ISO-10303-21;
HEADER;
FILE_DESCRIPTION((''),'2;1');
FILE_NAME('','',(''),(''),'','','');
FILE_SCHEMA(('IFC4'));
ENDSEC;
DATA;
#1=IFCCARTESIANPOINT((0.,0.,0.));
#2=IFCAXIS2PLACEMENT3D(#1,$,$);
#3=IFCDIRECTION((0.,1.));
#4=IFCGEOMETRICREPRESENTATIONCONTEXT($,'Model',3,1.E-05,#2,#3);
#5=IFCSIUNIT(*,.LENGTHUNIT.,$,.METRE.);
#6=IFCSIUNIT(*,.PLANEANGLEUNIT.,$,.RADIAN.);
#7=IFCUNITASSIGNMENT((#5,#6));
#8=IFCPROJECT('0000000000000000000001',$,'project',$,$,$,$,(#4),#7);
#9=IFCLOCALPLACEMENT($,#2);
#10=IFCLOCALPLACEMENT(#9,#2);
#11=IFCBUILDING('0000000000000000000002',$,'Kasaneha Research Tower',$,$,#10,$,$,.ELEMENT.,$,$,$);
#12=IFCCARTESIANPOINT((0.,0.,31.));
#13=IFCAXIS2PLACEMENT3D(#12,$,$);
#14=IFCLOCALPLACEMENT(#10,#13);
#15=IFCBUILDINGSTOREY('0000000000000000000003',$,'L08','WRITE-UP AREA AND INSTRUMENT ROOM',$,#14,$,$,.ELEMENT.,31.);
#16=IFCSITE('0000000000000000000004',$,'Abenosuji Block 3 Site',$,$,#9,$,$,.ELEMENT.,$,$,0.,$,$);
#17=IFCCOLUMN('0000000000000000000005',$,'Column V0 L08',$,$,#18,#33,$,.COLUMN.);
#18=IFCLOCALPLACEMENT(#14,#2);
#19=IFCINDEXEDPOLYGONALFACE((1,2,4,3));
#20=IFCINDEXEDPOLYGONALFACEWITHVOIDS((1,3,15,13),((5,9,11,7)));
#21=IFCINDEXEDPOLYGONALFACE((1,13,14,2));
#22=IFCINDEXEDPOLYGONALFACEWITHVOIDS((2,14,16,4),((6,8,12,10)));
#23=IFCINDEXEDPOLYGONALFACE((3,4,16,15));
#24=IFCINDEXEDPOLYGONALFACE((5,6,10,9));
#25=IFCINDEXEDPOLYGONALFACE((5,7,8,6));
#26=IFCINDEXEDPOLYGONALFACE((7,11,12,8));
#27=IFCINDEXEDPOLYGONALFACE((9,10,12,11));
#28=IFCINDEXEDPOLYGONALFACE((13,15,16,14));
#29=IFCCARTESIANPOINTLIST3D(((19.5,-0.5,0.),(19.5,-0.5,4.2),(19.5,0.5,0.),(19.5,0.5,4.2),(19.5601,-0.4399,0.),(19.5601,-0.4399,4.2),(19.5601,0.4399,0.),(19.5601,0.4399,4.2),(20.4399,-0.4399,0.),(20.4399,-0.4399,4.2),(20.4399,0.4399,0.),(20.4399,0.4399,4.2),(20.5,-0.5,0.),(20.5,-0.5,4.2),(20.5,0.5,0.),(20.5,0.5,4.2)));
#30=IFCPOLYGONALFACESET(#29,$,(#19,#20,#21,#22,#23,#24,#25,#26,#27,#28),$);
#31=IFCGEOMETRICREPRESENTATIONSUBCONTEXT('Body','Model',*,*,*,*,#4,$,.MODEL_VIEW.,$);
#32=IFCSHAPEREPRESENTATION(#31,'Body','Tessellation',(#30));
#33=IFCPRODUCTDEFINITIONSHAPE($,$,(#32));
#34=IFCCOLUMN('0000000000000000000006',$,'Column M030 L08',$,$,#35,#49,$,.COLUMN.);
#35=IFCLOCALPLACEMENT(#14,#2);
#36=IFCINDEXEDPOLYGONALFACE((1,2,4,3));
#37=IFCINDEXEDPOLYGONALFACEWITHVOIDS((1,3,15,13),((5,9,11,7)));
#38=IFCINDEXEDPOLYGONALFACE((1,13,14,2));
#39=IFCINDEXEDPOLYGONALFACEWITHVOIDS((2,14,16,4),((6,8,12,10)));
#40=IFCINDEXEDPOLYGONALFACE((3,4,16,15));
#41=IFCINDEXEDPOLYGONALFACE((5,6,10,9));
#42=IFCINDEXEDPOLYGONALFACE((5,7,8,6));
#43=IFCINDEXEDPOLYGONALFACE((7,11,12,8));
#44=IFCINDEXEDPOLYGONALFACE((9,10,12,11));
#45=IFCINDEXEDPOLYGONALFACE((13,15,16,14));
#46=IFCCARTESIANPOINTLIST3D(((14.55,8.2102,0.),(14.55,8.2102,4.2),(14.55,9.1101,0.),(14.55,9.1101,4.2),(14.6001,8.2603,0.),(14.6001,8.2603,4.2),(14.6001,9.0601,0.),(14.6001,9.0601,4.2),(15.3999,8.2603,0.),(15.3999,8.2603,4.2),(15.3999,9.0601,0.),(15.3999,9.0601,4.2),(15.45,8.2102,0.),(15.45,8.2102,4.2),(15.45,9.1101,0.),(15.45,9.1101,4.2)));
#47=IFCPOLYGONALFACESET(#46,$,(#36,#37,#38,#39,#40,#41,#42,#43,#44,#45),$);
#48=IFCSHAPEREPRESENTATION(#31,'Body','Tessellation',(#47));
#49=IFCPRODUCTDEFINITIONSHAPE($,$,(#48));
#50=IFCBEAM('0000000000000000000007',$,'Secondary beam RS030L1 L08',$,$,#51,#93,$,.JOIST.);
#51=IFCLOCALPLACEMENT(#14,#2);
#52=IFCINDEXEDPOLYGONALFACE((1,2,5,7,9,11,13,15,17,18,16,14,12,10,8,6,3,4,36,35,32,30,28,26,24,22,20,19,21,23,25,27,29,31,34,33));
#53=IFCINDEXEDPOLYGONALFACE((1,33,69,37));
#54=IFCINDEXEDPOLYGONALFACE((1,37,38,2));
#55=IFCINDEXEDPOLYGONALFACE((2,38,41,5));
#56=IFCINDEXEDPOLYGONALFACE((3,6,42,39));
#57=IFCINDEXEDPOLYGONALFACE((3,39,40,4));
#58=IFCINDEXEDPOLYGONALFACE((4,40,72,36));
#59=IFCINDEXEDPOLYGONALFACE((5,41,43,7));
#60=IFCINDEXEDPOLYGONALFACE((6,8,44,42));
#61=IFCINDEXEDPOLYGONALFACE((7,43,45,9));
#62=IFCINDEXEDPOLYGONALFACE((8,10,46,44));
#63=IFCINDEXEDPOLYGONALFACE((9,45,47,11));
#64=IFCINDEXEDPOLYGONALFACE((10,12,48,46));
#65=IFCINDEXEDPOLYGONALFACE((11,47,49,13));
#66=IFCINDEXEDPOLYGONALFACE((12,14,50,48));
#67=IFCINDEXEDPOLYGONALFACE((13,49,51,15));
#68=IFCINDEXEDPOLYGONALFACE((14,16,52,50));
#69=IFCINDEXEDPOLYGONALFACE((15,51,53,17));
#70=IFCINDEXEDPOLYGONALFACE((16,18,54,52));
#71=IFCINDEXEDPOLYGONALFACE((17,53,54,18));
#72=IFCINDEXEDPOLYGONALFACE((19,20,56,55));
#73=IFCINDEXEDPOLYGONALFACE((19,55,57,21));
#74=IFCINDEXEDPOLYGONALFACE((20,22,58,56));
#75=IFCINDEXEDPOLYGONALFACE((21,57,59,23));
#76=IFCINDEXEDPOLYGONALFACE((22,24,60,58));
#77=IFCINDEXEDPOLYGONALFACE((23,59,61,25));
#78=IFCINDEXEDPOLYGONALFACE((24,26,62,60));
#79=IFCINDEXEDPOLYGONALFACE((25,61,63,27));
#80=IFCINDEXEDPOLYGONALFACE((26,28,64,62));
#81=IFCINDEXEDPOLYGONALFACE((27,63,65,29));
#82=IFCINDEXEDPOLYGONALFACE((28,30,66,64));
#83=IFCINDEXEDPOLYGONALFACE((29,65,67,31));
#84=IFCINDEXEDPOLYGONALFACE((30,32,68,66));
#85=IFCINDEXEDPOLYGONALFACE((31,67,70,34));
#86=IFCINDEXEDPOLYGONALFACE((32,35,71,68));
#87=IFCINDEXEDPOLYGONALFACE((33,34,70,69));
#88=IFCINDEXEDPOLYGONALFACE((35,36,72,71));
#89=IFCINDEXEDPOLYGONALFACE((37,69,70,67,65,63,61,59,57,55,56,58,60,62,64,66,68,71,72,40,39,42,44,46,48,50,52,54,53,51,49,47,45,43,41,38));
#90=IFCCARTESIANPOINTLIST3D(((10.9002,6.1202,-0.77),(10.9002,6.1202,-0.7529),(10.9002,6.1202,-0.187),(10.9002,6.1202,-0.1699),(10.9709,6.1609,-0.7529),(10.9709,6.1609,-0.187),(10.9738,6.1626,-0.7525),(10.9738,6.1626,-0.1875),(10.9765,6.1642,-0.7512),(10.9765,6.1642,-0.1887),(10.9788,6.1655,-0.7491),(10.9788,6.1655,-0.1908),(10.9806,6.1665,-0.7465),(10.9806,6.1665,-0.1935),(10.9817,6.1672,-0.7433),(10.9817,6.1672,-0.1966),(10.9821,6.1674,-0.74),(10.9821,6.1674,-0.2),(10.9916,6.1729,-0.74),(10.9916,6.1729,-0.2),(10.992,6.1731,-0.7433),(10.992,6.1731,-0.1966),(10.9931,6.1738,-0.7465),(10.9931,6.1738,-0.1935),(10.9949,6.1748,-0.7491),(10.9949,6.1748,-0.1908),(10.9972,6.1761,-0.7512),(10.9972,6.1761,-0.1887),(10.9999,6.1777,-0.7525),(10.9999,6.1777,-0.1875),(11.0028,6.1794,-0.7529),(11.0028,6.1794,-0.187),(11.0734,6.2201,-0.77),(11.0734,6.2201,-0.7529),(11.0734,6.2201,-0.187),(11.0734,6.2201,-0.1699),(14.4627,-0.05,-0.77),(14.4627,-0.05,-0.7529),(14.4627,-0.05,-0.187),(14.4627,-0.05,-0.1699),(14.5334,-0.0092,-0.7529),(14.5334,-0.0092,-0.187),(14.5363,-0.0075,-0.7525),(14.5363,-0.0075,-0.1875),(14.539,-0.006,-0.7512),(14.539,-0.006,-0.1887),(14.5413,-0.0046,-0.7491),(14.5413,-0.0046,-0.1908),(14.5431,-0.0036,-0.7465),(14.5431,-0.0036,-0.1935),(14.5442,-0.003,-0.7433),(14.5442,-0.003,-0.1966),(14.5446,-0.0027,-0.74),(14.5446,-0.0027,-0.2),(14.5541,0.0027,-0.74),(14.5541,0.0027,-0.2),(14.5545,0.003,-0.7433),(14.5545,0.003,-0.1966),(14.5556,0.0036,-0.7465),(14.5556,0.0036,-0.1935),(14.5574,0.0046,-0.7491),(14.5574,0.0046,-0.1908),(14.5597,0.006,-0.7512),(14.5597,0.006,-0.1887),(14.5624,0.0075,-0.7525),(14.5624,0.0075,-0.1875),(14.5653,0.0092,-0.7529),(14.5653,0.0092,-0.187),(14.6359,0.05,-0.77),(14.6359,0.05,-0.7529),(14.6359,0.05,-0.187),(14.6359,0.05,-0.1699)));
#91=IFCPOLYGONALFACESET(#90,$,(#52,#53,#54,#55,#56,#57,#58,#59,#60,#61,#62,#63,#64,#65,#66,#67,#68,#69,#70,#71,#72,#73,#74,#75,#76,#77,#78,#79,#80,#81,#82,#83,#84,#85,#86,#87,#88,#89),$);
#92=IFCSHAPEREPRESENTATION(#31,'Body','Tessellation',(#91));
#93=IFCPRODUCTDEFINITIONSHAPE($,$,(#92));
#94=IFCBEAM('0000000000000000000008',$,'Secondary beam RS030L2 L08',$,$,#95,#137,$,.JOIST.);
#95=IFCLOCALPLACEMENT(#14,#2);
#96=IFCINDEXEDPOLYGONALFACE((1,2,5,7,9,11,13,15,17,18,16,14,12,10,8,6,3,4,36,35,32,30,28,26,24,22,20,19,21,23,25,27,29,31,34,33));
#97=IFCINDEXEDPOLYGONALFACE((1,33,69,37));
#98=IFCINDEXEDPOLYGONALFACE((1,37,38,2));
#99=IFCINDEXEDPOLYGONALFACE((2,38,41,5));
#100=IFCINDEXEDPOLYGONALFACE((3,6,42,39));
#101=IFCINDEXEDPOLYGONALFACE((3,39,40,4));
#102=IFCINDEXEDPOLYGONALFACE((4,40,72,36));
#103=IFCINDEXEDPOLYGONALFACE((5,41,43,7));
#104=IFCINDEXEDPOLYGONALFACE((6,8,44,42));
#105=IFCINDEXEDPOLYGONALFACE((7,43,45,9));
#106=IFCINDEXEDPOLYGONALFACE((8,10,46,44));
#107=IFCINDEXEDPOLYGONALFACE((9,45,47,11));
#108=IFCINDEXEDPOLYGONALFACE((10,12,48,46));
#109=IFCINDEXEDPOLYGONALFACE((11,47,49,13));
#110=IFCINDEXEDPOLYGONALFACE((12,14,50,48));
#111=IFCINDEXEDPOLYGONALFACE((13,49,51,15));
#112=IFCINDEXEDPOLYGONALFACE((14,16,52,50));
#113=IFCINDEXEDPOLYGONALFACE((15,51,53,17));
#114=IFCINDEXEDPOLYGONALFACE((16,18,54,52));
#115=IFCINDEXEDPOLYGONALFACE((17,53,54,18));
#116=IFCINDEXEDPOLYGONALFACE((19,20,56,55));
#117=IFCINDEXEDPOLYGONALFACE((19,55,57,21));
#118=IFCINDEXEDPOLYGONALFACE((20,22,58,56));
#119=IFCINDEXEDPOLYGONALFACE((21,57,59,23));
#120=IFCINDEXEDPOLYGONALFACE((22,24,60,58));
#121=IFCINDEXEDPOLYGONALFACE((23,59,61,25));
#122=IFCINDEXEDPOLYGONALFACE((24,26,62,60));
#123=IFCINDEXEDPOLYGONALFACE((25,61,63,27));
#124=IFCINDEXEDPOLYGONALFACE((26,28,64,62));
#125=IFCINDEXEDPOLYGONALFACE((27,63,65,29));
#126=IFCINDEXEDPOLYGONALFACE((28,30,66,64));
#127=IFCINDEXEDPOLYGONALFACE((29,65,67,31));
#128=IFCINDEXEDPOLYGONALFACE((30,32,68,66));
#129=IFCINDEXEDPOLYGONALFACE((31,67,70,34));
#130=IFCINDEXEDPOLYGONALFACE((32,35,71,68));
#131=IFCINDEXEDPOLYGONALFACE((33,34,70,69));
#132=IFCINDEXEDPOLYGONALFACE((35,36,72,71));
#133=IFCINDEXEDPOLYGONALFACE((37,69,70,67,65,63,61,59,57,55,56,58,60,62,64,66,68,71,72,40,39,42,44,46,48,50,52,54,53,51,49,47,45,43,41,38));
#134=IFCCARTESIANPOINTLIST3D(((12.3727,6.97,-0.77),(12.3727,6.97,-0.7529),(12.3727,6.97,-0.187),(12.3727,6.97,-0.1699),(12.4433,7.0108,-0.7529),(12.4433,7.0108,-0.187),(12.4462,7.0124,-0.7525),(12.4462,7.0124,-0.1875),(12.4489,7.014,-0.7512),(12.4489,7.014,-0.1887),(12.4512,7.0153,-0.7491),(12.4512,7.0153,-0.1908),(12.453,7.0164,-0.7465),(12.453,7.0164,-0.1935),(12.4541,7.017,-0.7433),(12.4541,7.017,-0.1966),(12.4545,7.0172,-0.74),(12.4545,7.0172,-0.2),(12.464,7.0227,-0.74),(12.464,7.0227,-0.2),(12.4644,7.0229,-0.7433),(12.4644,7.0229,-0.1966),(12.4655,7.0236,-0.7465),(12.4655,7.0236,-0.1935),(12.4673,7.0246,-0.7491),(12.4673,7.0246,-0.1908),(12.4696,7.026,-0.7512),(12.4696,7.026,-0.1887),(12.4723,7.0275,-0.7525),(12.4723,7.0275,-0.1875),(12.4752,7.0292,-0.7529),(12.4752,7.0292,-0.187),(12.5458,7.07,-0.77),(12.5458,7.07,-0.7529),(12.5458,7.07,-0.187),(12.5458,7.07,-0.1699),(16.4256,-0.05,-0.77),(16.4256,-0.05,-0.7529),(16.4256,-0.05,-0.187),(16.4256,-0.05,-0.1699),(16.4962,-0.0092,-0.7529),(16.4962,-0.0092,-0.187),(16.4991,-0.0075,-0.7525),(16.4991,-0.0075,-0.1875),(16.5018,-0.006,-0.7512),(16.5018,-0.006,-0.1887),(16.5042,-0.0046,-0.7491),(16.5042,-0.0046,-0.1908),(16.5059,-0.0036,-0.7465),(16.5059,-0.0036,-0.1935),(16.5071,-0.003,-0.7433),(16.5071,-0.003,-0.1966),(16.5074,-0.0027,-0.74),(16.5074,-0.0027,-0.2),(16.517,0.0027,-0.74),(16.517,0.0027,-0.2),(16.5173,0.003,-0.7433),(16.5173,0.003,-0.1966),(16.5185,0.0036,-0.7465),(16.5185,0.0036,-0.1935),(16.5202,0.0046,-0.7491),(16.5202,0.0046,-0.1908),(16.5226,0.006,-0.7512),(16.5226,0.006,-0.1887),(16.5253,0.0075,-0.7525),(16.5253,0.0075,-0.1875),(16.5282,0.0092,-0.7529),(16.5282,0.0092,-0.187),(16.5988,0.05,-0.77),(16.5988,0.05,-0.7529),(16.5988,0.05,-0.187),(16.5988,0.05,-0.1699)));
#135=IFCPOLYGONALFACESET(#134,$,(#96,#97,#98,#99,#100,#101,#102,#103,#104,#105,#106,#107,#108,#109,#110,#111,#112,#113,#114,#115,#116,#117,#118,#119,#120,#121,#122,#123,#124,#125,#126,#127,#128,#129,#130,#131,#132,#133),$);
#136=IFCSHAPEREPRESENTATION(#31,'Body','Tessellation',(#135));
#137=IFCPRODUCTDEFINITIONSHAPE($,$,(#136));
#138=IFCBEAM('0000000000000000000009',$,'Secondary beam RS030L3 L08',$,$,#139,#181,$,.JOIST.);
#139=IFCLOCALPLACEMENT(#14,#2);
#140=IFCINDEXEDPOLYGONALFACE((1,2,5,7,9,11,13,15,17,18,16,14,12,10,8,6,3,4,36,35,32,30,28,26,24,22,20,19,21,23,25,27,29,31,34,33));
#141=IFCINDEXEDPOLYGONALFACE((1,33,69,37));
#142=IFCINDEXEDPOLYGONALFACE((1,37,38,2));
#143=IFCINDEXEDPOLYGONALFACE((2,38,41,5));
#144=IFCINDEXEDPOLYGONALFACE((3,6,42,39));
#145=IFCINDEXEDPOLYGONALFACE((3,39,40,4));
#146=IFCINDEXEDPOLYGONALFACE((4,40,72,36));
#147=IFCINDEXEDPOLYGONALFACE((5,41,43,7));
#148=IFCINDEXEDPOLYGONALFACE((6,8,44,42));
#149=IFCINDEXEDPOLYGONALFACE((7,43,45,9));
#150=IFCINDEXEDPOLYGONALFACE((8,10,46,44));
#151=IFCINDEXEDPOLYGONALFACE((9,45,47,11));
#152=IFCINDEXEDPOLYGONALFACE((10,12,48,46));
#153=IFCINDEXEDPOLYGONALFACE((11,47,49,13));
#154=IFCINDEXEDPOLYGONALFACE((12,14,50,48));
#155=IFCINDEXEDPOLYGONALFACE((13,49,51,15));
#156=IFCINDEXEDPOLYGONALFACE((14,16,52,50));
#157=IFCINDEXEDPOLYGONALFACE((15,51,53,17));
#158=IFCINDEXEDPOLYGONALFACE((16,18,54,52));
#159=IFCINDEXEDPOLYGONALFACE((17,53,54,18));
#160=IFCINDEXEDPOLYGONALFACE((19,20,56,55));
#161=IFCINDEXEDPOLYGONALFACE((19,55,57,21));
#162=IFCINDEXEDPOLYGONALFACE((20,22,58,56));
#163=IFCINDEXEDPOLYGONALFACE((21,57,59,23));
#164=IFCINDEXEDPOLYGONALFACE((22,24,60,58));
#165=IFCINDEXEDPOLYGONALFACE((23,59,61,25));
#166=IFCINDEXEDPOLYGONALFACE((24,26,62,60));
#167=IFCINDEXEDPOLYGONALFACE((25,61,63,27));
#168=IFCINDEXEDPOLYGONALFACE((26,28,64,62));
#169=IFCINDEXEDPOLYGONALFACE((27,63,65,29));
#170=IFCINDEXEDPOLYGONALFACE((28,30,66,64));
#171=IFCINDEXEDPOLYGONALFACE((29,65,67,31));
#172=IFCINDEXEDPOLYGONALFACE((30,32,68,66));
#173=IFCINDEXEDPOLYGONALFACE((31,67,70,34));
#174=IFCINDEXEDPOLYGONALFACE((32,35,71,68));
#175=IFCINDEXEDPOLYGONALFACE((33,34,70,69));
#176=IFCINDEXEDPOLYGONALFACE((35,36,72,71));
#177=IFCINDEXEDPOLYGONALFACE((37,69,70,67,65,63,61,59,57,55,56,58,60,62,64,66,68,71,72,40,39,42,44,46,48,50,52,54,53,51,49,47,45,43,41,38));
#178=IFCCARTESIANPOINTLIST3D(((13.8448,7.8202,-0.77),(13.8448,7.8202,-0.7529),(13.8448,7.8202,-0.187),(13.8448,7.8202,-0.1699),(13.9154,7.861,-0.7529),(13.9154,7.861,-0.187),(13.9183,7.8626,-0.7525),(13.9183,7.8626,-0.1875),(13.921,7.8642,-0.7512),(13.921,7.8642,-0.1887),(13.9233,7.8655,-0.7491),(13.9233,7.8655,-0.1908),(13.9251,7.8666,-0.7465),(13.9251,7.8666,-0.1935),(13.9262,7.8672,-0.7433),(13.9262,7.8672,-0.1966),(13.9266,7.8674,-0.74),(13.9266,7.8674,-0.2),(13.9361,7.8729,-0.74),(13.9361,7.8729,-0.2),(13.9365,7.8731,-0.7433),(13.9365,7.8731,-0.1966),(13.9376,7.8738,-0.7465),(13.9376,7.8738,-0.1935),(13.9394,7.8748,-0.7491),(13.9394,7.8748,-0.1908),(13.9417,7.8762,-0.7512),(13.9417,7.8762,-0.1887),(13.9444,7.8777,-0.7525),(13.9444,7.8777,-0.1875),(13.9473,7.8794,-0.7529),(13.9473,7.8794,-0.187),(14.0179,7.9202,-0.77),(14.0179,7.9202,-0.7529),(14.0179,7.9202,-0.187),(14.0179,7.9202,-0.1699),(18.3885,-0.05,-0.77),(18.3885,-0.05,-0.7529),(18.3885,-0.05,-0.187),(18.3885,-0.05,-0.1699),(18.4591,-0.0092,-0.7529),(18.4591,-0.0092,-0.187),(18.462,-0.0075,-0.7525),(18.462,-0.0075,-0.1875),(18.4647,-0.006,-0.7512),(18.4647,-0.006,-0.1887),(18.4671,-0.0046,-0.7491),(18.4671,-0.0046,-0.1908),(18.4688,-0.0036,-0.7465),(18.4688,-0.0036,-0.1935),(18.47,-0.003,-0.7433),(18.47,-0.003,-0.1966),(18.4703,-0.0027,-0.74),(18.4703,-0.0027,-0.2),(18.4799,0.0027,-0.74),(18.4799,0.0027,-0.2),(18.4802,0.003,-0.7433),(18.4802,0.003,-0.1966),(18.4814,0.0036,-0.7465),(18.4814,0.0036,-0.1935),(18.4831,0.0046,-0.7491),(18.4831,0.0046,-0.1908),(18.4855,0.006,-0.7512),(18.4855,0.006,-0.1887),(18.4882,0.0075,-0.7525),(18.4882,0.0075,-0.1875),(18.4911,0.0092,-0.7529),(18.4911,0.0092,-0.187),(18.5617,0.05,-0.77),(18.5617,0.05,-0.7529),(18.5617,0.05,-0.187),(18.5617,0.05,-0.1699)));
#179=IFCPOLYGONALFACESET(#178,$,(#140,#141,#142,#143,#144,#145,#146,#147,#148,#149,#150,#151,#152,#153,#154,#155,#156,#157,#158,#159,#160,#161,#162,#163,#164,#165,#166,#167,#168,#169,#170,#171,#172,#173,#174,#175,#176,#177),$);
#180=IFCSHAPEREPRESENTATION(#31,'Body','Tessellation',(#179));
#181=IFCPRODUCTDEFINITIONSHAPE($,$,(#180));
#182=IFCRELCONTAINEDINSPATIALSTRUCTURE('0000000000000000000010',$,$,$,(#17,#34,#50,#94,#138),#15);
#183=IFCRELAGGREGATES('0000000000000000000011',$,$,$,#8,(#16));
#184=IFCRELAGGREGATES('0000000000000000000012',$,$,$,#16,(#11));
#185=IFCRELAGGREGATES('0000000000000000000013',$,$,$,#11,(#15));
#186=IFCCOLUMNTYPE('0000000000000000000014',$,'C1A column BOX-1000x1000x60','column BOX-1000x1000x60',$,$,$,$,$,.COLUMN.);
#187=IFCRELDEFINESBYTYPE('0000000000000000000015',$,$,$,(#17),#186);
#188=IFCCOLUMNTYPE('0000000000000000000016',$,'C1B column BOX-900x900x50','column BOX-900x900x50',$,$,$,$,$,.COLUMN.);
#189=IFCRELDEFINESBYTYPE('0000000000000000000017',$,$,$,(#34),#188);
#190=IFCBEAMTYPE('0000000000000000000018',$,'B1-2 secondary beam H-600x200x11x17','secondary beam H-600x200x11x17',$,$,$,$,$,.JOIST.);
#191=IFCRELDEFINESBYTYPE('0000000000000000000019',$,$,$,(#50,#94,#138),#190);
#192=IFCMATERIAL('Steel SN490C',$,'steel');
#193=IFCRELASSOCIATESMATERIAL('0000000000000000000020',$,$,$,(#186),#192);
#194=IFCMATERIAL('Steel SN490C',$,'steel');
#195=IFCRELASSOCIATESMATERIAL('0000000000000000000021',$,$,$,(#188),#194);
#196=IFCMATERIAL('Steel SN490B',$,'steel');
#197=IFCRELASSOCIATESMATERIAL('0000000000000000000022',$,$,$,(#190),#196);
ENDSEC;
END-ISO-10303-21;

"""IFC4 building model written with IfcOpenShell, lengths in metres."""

from ifc_helpers import new_model, si_unit, direction, frame, origin, origin_2d, place, context, subcontext, project, spatial, hollow_rectangle, i_section, extrude, material, material_profile, profile_set, type_object, element, save


model = new_model("IFC4")

# Units and contexts
model_context = context("Model", 3, precision=1e-05, world=origin(), true_north=direction((0.0, 1.0)))
body_context = subcontext(model_context, "Body", "Model", "MODEL_VIEW")
ifc_project = project(units=[si_unit("LENGTHUNIT", "METRE"), si_unit("PLANEANGLEUNIT", "RADIAN")], contexts=[model_context])

# Site, building, storey
site_placement = place(None, origin())
site = spatial("IfcSite", under=ifc_project, at=site_placement, Name="Abenosuji Block 3 Site", CompositionType="ELEMENT", RefElevation=0.0)
building_placement = place(site_placement, origin())
building = spatial("IfcBuilding", under=site, at=building_placement, Name="Kasaneha Research Tower", CompositionType="ELEMENT")
storey_placement = place(building_placement, frame((0.0, 0.0, 31.0)))
storey = spatial("IfcBuildingStorey", under=building, at=storey_placement, Name="L08", Description="WRITE-UP AREA AND INSTRUMENT ROOM", CompositionType="ELEMENT", Elevation=31.0)

# Columns
ifc_material_1 = material(Name="Steel SN490C", Category="steel")
ifc_material_profile_1 = material_profile(ifc_material_1, hollow_rectangle(XDim=1.0, YDim=1.0, WallThickness=0.0601, at=origin_2d()), Name="BOX-1000x1000x60")
ifc_profile_set_1 = profile_set([ifc_material_profile_1], Name="Steel SN490C")
column_type_1 = type_object("IfcColumnType", Name="C1A column BOX-1000x1000x60", Description="column BOX-1000x1000x60", PredefinedType="COLUMN", material=ifc_profile_set_1)
column_1_placement = place(storey_placement, frame((20.0, 0.0, 0.0), z_axis=(0.0, 0.0, 1.0), x_axis=(1.0, 0.0, 0.0)))
element("IfcColumn", 1, at=column_1_placement, inside=storey, type_object=column_type_1, Name="Column V0 L08", PredefinedType="COLUMN", context=body_context, shape_type="SweptSolid", body=[
    extrude(hollow_rectangle(XDim=1.0, YDim=1.0, WallThickness=0.0601, at=origin_2d()), origin(), (0.0, 0.0, 1.0), 4.2),
])
ifc_material_2 = material(Name="Steel SN490C", Category="steel")
ifc_material_profile_2 = material_profile(ifc_material_2, hollow_rectangle(XDim=0.8999, YDim=0.8999, WallThickness=0.05, at=origin_2d()), Name="BOX-900x900x50")
ifc_profile_set_2 = profile_set([ifc_material_profile_2], Name="Steel SN490C")
column_type_2 = type_object("IfcColumnType", Name="C1B column BOX-900x900x50", Description="column BOX-900x900x50", PredefinedType="COLUMN", material=ifc_profile_set_2)
column_2_placement = place(storey_placement, frame((15.0, 8.6602, 0.0), z_axis=(0.0, 0.0, 1.0), x_axis=(1.0, 0.0, 0.0)))
element("IfcColumn", 2, at=column_2_placement, inside=storey, type_object=column_type_2, Name="Column M030 L08", PredefinedType="COLUMN", context=body_context, shape_type="SweptSolid", body=[
    extrude(hollow_rectangle(XDim=0.8999, YDim=0.8999, WallThickness=0.05, at=origin_2d()), origin(), (0.0, 0.0, 1.0), 4.2),
])

# Beams
ifc_material_3 = material(Name="Steel SN490B", Category="steel")
ifc_material_profile_3 = material_profile(ifc_material_3, i_section(OverallWidth=0.2, OverallDepth=0.6001, WebThickness=0.011, FlangeThickness=0.0171, FilletRadius=0.0129, at=origin_2d()), Name="H-600x200x11x17")
ifc_profile_set_3 = profile_set([ifc_material_profile_3], Name="Steel SN490B")
beam_type_1 = type_object("IfcBeamType", Name="B1-2 secondary beam H-600x200x11x17", Description="secondary beam H-600x200x11x17", PredefinedType="JOIST", material=ifc_profile_set_3)
beam_1_placement = place(storey_placement, frame((14.5493, 0.0, -0.47), z_axis=(-0.500016, 0.866016, 0.0), x_axis=(-0.866016, -0.500016, 0.0)))
element("IfcBeam", 3, at=beam_1_placement, inside=storey, type_object=beam_type_1, Name="Secondary beam RS030L1 L08", PredefinedType="JOIST", context=body_context, shape_type="SweptSolid", body=[
    extrude(i_section(OverallWidth=0.2, OverallDepth=0.6001, WebThickness=0.011, FlangeThickness=0.0171, FilletRadius=0.0129, at=origin_2d()), origin(), (0.0, 0.0, 1.0), 7.1248),
])
beam_2_placement = place(storey_placement, frame((16.5122, 0.0, -0.47), z_axis=(-0.499997, 0.866027, 0.0), x_axis=(-0.866027, -0.499997, 0.0)))
element("IfcBeam", 4, at=beam_2_placement, inside=storey, type_object=beam_type_1, Name="Secondary beam RS030L2 L08", PredefinedType="JOIST", context=body_context, shape_type="SweptSolid", body=[
    extrude(i_section(OverallWidth=0.2, OverallDepth=0.6001, WebThickness=0.011, FlangeThickness=0.0171, FilletRadius=0.0129, at=origin_2d()), origin(), (0.0, 0.0, 1.0), 8.106),
])
beam_3_placement = place(storey_placement, frame((18.4751, 0.0, -0.47), z_axis=(-0.499991, 0.866031, 0.0), x_axis=(-0.866031, -0.499991, 0.0)))
element("IfcBeam", 5, at=beam_3_placement, inside=storey, type_object=beam_type_1, Name="Secondary beam RS030L3 L08", PredefinedType="JOIST", context=body_context, shape_type="SweptSolid", body=[
    extrude(i_section(OverallWidth=0.2, OverallDepth=0.6001, WebThickness=0.011, FlangeThickness=0.0171, FilletRadius=0.0129, at=origin_2d()), origin(), (0.0, 0.0, 1.0), 9.0876),
])

save(model, "model.ifc")
